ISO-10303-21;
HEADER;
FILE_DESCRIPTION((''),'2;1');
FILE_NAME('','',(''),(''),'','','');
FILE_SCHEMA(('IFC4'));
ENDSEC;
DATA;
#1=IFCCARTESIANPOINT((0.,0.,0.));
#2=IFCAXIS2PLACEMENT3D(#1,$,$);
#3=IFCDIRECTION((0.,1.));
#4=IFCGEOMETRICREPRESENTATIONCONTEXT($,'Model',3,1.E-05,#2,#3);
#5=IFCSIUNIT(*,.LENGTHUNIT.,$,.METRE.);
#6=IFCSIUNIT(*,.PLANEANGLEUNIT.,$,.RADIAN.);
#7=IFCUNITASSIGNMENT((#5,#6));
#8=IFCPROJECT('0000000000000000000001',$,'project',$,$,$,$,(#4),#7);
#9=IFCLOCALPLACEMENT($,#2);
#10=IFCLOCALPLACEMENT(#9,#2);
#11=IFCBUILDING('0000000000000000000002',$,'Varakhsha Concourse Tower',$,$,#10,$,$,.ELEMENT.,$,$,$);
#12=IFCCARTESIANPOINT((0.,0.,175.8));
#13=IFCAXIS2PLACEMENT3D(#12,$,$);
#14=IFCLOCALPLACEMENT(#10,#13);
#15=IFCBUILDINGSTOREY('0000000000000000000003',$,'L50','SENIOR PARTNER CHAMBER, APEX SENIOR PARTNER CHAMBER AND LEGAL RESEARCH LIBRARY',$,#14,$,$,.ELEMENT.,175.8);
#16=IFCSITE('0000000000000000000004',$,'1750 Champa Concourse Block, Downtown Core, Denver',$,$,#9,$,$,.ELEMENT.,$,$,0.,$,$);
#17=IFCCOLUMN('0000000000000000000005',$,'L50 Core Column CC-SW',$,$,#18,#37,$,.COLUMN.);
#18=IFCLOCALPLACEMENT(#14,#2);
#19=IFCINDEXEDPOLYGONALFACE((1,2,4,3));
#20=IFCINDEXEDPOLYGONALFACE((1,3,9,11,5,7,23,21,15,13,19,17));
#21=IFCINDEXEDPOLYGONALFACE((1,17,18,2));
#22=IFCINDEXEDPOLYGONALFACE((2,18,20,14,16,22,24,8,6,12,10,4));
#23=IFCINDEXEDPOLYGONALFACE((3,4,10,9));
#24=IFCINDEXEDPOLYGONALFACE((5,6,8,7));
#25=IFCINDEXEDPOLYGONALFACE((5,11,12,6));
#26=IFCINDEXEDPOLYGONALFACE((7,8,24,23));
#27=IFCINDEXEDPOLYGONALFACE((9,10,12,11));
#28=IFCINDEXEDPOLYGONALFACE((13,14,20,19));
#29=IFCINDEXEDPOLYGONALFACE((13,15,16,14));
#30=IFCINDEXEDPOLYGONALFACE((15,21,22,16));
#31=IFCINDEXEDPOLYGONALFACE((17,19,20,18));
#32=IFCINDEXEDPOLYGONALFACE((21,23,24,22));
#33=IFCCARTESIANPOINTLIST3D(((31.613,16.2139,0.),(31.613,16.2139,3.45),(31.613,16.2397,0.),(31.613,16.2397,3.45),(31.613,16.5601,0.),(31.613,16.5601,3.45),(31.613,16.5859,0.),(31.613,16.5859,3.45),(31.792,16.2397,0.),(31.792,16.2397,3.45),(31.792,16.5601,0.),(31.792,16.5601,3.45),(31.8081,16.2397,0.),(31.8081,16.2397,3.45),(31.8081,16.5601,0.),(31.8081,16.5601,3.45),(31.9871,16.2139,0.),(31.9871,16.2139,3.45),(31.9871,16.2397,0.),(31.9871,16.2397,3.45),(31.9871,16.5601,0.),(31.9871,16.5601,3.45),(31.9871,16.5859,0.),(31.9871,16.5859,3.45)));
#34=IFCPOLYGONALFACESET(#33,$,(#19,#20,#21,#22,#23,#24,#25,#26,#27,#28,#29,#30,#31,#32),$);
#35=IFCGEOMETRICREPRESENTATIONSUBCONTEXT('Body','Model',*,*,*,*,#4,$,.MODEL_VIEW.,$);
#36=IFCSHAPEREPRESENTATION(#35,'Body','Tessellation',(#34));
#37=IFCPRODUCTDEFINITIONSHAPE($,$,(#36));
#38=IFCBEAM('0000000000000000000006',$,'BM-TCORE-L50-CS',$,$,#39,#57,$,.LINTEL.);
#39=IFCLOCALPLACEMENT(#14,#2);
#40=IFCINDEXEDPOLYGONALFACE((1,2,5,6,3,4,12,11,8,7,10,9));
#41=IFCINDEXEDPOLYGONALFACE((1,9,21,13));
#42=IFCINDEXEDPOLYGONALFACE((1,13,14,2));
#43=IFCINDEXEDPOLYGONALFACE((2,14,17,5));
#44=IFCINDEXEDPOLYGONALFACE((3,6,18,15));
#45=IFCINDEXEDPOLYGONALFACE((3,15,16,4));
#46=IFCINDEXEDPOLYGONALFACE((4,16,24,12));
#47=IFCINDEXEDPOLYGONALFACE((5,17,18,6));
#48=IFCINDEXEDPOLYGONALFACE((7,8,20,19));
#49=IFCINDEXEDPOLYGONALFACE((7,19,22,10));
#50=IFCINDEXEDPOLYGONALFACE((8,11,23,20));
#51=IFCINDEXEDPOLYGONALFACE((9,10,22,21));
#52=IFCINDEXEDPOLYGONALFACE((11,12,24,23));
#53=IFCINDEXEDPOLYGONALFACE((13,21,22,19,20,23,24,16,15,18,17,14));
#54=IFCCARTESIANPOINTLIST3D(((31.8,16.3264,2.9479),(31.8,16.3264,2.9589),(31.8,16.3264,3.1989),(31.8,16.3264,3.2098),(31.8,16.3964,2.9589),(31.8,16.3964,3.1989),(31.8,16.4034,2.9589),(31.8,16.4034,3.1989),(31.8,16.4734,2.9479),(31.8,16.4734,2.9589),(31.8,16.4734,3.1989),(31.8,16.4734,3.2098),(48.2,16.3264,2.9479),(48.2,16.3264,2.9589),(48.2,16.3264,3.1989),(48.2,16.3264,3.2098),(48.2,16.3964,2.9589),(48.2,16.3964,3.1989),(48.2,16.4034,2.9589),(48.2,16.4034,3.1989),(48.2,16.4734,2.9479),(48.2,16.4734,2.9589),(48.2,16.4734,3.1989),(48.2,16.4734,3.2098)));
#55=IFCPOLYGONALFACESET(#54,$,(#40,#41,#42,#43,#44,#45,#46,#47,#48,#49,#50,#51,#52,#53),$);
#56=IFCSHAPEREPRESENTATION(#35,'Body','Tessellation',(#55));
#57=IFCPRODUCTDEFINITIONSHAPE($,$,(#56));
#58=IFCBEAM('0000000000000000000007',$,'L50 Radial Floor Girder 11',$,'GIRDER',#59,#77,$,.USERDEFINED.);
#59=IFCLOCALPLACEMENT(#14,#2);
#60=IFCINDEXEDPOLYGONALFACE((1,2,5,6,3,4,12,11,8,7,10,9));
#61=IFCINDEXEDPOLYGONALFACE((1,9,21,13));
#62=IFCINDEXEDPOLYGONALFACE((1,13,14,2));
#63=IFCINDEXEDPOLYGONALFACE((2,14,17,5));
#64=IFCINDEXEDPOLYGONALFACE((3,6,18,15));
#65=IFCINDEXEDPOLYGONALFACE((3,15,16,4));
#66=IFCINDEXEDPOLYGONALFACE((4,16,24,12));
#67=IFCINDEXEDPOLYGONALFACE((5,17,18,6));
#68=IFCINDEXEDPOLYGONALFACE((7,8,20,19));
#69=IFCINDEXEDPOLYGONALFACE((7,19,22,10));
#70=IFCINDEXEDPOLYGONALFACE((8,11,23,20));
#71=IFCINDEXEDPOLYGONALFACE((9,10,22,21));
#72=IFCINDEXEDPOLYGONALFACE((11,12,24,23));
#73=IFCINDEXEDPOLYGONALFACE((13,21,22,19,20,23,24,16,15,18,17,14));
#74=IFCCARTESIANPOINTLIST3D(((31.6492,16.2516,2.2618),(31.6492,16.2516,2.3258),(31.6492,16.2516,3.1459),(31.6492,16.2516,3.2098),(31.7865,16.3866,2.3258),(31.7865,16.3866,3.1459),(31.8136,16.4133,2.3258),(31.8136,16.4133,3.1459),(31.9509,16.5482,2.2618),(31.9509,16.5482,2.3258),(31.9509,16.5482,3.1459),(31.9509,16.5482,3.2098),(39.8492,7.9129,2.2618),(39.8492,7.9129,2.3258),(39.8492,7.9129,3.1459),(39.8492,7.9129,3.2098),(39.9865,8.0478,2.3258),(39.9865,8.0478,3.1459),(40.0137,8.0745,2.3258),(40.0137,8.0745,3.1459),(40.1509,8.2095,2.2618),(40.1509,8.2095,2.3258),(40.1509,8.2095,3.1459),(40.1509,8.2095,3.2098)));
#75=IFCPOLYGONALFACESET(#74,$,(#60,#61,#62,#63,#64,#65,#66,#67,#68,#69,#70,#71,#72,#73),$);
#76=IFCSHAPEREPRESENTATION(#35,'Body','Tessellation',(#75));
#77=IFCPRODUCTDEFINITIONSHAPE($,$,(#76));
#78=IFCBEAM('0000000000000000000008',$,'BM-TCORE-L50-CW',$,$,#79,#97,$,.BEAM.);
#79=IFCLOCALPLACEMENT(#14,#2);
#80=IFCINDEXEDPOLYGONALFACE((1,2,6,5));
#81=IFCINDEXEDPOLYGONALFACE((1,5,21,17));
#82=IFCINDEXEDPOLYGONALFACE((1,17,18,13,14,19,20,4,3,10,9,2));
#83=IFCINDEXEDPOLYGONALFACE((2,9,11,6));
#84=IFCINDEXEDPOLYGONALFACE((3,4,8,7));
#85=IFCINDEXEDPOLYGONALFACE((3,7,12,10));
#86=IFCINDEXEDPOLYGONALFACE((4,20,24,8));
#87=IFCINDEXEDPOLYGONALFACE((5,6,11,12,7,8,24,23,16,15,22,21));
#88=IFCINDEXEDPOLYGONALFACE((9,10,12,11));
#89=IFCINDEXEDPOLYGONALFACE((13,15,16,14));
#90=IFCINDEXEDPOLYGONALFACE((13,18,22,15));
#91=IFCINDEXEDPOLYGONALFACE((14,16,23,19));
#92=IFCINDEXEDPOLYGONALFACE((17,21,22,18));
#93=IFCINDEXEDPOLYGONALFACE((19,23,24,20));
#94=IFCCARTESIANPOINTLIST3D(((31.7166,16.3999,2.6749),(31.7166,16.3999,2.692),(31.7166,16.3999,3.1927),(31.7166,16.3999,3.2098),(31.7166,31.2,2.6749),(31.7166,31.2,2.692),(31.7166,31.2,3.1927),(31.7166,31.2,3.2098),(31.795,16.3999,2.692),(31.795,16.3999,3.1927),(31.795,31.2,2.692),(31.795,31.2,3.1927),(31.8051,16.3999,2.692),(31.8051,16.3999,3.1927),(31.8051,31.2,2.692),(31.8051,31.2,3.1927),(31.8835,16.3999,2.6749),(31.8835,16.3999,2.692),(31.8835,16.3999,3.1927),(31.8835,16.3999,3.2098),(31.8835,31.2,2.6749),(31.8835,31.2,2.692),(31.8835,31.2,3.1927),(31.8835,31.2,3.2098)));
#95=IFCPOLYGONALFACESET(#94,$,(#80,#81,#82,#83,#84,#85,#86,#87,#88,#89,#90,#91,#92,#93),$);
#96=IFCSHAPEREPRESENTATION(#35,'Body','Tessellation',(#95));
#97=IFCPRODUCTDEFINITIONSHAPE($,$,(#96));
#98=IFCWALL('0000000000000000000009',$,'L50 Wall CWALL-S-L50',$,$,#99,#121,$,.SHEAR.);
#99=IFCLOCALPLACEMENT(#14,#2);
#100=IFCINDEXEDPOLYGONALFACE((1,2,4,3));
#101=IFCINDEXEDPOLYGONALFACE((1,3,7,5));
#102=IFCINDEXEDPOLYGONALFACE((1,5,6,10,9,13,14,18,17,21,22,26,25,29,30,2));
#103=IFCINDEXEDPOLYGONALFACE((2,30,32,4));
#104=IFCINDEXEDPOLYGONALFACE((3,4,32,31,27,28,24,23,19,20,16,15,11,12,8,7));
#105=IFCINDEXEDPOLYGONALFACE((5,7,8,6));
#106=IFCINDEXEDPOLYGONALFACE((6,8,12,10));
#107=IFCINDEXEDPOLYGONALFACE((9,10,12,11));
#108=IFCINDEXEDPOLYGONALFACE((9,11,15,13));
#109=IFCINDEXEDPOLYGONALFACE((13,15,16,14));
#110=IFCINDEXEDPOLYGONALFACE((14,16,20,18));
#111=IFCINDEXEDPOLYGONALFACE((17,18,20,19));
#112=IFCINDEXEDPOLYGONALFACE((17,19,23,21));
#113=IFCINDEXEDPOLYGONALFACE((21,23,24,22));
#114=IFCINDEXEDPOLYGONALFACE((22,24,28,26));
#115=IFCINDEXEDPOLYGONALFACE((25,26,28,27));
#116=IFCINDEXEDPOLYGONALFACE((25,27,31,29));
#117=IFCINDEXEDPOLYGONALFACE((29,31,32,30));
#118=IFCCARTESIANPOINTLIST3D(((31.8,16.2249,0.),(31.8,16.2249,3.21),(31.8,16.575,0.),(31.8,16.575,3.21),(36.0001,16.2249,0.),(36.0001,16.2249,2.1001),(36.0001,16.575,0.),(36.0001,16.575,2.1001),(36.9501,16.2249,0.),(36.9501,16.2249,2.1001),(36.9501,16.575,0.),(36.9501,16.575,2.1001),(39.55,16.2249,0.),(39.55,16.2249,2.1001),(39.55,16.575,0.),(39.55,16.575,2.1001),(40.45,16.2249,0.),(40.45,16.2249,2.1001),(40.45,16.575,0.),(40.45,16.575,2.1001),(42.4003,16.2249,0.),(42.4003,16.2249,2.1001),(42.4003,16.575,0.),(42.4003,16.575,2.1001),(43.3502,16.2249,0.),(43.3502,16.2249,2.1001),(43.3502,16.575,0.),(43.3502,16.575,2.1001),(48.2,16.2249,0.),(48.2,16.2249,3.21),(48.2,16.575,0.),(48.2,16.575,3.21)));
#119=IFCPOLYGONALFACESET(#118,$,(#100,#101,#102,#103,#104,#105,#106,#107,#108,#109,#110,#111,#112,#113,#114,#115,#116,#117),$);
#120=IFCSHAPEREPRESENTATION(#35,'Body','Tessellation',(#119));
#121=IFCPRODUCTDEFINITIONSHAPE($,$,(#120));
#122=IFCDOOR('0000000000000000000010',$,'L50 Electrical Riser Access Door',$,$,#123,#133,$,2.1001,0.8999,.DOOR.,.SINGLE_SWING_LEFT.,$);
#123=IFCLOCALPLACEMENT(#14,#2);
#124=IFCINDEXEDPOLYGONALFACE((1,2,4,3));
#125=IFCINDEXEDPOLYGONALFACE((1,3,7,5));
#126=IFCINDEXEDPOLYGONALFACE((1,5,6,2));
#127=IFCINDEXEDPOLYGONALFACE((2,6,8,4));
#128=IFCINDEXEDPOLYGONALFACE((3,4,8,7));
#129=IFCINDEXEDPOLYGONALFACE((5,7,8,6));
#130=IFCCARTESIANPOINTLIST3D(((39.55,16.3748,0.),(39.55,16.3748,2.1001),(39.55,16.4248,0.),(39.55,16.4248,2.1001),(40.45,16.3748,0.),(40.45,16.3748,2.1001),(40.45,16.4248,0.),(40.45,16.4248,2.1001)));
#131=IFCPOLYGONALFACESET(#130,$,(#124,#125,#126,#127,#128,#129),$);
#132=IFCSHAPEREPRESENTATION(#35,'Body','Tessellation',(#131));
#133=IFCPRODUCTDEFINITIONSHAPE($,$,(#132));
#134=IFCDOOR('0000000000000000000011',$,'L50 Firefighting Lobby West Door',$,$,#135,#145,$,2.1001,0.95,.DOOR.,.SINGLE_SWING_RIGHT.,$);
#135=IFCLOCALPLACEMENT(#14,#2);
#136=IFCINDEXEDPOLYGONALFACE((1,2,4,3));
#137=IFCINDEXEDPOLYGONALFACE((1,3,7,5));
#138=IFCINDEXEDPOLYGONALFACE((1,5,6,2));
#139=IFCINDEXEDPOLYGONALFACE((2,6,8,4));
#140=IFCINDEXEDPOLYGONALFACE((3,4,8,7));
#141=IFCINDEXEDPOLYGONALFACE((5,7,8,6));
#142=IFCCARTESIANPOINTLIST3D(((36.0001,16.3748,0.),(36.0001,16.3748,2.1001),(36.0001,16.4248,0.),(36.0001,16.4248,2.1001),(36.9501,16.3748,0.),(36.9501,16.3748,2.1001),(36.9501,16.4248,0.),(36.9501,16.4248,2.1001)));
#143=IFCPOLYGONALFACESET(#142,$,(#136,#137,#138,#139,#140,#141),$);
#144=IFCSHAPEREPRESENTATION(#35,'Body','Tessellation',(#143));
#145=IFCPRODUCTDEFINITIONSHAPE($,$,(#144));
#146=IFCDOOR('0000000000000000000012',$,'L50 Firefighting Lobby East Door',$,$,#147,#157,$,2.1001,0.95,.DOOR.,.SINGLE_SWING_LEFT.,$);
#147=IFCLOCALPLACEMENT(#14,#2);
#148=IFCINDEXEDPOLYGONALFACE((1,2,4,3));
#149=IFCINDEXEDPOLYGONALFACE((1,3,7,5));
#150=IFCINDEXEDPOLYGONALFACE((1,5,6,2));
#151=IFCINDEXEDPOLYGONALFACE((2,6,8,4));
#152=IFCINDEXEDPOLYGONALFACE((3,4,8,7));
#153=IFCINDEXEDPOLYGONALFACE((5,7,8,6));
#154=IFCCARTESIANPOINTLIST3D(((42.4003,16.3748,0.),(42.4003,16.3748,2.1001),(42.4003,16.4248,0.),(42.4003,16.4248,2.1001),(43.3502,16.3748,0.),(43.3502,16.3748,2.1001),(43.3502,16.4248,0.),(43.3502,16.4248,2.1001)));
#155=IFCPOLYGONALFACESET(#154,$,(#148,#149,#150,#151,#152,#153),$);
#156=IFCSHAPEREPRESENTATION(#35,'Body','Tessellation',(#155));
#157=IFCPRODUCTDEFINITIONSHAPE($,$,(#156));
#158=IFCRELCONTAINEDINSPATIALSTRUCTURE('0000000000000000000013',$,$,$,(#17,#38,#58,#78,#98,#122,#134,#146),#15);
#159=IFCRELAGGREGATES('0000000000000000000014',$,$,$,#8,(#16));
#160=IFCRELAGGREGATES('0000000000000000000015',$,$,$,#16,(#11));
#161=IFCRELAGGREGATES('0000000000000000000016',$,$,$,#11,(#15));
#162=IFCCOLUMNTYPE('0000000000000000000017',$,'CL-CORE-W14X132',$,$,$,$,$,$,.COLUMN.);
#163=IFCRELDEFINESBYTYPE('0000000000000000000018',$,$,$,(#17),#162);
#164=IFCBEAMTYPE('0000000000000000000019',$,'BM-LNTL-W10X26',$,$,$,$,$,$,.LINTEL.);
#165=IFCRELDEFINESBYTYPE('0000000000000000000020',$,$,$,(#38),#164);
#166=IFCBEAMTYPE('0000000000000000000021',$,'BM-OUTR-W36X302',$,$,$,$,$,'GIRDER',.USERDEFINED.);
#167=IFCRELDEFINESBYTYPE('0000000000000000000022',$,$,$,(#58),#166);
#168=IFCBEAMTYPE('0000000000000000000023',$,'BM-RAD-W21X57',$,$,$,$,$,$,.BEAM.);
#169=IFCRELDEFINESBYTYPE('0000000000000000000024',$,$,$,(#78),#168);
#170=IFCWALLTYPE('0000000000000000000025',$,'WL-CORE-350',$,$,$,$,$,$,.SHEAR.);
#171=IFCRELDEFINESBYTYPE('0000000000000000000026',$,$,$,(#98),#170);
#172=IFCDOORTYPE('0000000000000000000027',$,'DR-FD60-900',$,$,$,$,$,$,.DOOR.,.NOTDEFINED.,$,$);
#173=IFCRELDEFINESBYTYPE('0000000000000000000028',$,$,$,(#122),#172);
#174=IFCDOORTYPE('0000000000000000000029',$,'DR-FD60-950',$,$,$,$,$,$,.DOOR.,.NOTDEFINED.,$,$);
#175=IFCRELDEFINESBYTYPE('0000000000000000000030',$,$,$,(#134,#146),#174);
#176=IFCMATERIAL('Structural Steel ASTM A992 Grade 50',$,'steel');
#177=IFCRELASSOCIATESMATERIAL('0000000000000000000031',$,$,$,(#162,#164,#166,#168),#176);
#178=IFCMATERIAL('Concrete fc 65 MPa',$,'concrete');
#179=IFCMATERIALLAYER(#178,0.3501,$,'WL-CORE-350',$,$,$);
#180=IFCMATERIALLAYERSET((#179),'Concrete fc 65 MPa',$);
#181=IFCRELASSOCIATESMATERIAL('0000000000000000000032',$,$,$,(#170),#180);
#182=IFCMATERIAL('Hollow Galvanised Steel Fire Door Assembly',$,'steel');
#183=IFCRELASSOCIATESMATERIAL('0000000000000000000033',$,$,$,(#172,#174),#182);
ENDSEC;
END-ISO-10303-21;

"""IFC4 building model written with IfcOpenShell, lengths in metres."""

from ifc_helpers import new_model, si_unit, direction, frame, frame_2d, origin, origin_2d, place, context, subcontext, project, spatial, rectangle, i_section, extrude, material, layer, layer_set, material_profile, profile_set, type_object, element, fill, save


model = new_model("IFC4")

# Units and contexts
model_context = context("Model", 3, precision=1e-05, world=origin(), true_north=direction((0.0, 1.0)))
body_context = subcontext(model_context, "Body", "Model", "MODEL_VIEW")
ifc_project = project(units=[si_unit("LENGTHUNIT", "METRE"), si_unit("PLANEANGLEUNIT", "RADIAN")], contexts=[model_context])

# Site, building, storey
site_placement = place(None, origin())
site = spatial("IfcSite", under=ifc_project, at=site_placement, Name="1750 Champa Concourse Block, Downtown Core, Denver", CompositionType="ELEMENT", RefElevation=0.0)
building_placement = place(site_placement, origin())
building = spatial("IfcBuilding", under=site, at=building_placement, Name="Varakhsha Concourse Tower", CompositionType="ELEMENT")
storey_placement = place(building_placement, frame((0.0, 0.0, 175.8)))
storey = spatial("IfcBuildingStorey", under=building, at=storey_placement, Name="L50", Description="SENIOR PARTNER CHAMBER, APEX SENIOR PARTNER CHAMBER AND LEGAL RESEARCH LIBRARY", CompositionType="ELEMENT", Elevation=175.8)

# Column
ifc_material_1 = material(Name="Structural Steel ASTM A992 Grade 50", Category="steel")
ifc_material_profile_1 = material_profile(ifc_material_1, i_section(OverallWidth=0.374, OverallDepth=0.3721, WebThickness=0.0161, FlangeThickness=0.0259, at=origin_2d()), Name="W14X132")
ifc_profile_set_1 = profile_set([ifc_material_profile_1], Name="Structural Steel ASTM A992 Grade 50")
column_type = type_object("IfcColumnType", Name="CL-CORE-W14X132", PredefinedType="COLUMN", material=ifc_profile_set_1)
column_placement = place(storey_placement, frame((31.8, 16.3999, 0.0), z_axis=(0.0, 0.0, 1.0), x_axis=(1.0, 0.0, 0.0)))
element("IfcColumn", 1, at=column_placement, inside=storey, type_object=column_type, Name="L50 Core Column CC-SW", PredefinedType="COLUMN", context=body_context, shape_type="SweptSolid", body=[
    extrude(i_section(OverallWidth=0.374, OverallDepth=0.3721, WebThickness=0.0161, FlangeThickness=0.0259, at=origin_2d()), origin(), (0.0, 0.0, 1.0), 3.45),
])

# Beams
ifc_material_profile_2 = material_profile(ifc_material_1, i_section(OverallWidth=0.147, OverallDepth=0.262, WebThickness=0.0071, FlangeThickness=0.011, at=origin_2d()), Name="W10X26")
ifc_profile_set_2 = profile_set([ifc_material_profile_2], Name="Structural Steel ASTM A992 Grade 50")
beam_type_1 = type_object("IfcBeamType", Name="BM-LNTL-W10X26", PredefinedType="LINTEL", material=ifc_profile_set_2)
beam_1_placement = place(storey_placement, frame((31.8, 16.3999, 3.0789), z_axis=(1.0, 0.0, 0.0), x_axis=(0.0, 1.0, 0.0)))
element("IfcBeam", 2, at=beam_1_placement, inside=storey, type_object=beam_type_1, Name="BM-TCORE-L50-CS", PredefinedType="LINTEL", context=body_context, shape_type="SweptSolid", body=[
    extrude(i_section(OverallWidth=0.147, OverallDepth=0.262, WebThickness=0.0071, FlangeThickness=0.011, at=origin_2d()), origin(), (0.0, 0.0, 1.0), 16.3999),
])
ifc_material_profile_3 = material_profile(ifc_material_1, i_section(OverallWidth=0.4231, OverallDepth=0.948, WebThickness=0.0381, FlangeThickness=0.064, at=origin_2d()), Name="W36X302")
ifc_profile_set_3 = profile_set([ifc_material_profile_3], Name="Structural Steel ASTM A992 Grade 50")
beam_type_2 = type_object("IfcBeamType", Name="BM-OUTR-W36X302", ElementType="GIRDER", PredefinedType="USERDEFINED", material=ifc_profile_set_3)
beam_2_placement = place(storey_placement, frame((31.8, 16.3999, 2.7358), z_axis=(0.701153, -0.713011, 0.0), x_axis=(0.713011, 0.701153, 0.0)))
element("IfcBeam", 3, at=beam_2_placement, inside=storey, type_object=beam_type_2, Name="L50 Radial Floor Girder 11", ObjectType="GIRDER", PredefinedType="USERDEFINED", context=body_context, shape_type="SweptSolid", body=[
    extrude(i_section(OverallWidth=0.4231, OverallDepth=0.948, WebThickness=0.0381, FlangeThickness=0.064, at=origin_2d()), origin(), (0.0, 0.0, 1.0), 11.6951),
])
ifc_material_profile_4 = material_profile(ifc_material_1, i_section(OverallWidth=0.167, OverallDepth=0.5349, WebThickness=0.01, FlangeThickness=0.0171, at=origin_2d()), Name="W21X57")
ifc_profile_set_4 = profile_set([ifc_material_profile_4], Name="Structural Steel ASTM A992 Grade 50")
beam_type_3 = type_object("IfcBeamType", Name="BM-RAD-W21X57", PredefinedType="BEAM", material=ifc_profile_set_4)
beam_3_placement = place(storey_placement, frame((31.8, 16.3999, 2.9424), z_axis=(0.0, 1.0, 0.0), x_axis=(-1.0, 0.0, 0.0)))
element("IfcBeam", 4, at=beam_3_placement, inside=storey, type_object=beam_type_3, Name="BM-TCORE-L50-CW", PredefinedType="BEAM", context=body_context, shape_type="SweptSolid", body=[
    extrude(i_section(OverallWidth=0.167, OverallDepth=0.5349, WebThickness=0.01, FlangeThickness=0.0171, at=origin_2d()), origin(), (0.0, 0.0, 1.0), 14.8),
])

# Wall, openings, doors
ifc_material_2 = material(Name="Concrete fc 65 MPa", Category="concrete")
ifc_layer_1 = layer(ifc_material_2, 0.3501, Name="WL-CORE-350")
ifc_layer_set_1 = layer_set([ifc_layer_1], Name="Concrete fc 65 MPa")
wall_type_1 = type_object("IfcWallType", Name="WL-CORE-350", PredefinedType="SHEAR", material=ifc_layer_set_1)
wall_1_placement = place(storey_placement, frame((31.8, 16.3999, 0.0), z_axis=(0.0, 0.0, 1.0), x_axis=(1.0, 0.0, 0.0)))
wall_1 = element("IfcWall", 5, at=wall_1_placement, inside=storey, type_object=wall_type_1, Name="L50 Wall CWALL-S-L50", PredefinedType="SHEAR", context=body_context, shape_type="SweptSolid", body=[
    extrude(rectangle(XDim=16.3999, YDim=0.3501, at=frame_2d((8.2, 0.0))), origin(), (0.0, 0.0, 1.0), 3.21),
])
opening_1_placement = place(wall_1_placement, frame((7.75, 0.0, 0.0)))
opening_1 = element("IfcOpeningElement", 6, at=opening_1_placement, cuts=wall_1, PredefinedType="OPENING", context=body_context, shape_type="SweptSolid", body=[
    extrude(rectangle(XDim=0.8999, YDim=2.1001, at=frame_2d((0.45, 1.05))), frame((0.0, 0.1851, 0.0), z_axis=(0.0, -1.0, 0.0), x_axis=(1.0, 0.0, 0.0)), (0.0, 0.0, 1.0), 0.3701),
])
opening_2_placement = place(wall_1_placement, frame((4.2, 0.0, 0.0)))
opening_2 = element("IfcOpeningElement", 7, at=opening_2_placement, cuts=wall_1, PredefinedType="OPENING", context=body_context, shape_type="SweptSolid", body=[
    extrude(rectangle(XDim=0.95, YDim=2.1001, at=frame_2d((0.4751, 1.05))), frame((0.0, 0.1851, 0.0), z_axis=(0.0, -1.0, 0.0), x_axis=(1.0, 0.0, 0.0)), (0.0, 0.0, 1.0), 0.3701),
])
opening_3_placement = place(wall_1_placement, frame((10.6001, 0.0, 0.0)))
opening_3 = element("IfcOpeningElement", 8, at=opening_3_placement, cuts=wall_1, PredefinedType="OPENING", context=body_context, shape_type="SweptSolid", body=[
    extrude(rectangle(XDim=0.95, YDim=2.1001, at=frame_2d((0.4751, 1.05))), frame((0.0, 0.1851, 0.0), z_axis=(0.0, -1.0, 0.0), x_axis=(1.0, 0.0, 0.0)), (0.0, 0.0, 1.0), 0.3701),
])
ifc_material_3 = material(Name="Hollow Galvanised Steel Fire Door Assembly", Category="steel")
door_type_1 = type_object("IfcDoorType", Name="DR-FD60-900", OperationType="NOTDEFINED", PredefinedType="DOOR", material=ifc_material_3)
door_1_placement = place(opening_1_placement, origin())
door_1 = element("IfcDoor", 9, at=door_1_placement, inside=storey, type_object=door_type_1, Name="L50 Electrical Riser Access Door", OperationType="SINGLE_SWING_LEFT", OverallHeight=2.1001, OverallWidth=0.8999, PredefinedType="DOOR", context=body_context, shape_type="SweptSolid", body=[
    extrude(rectangle(XDim=0.8999, YDim=2.1001, at=frame_2d((0.45, 1.05))), frame((0.0, 0.0249, 0.0), z_axis=(0.0, -1.0, 0.0), x_axis=(1.0, 0.0, 0.0)), (0.0, 0.0, 1.0), 0.05),
])
fill(opening_1, door_1)
door_type_2 = type_object("IfcDoorType", Name="DR-FD60-950", OperationType="NOTDEFINED", PredefinedType="DOOR", material=ifc_material_3)
door_2_placement = place(opening_2_placement, origin())
door_2 = element("IfcDoor", 10, at=door_2_placement, inside=storey, type_object=door_type_2, Name="L50 Firefighting Lobby West Door", OperationType="SINGLE_SWING_RIGHT", OverallHeight=2.1001, OverallWidth=0.95, PredefinedType="DOOR", context=body_context, shape_type="SweptSolid", body=[
    extrude(rectangle(XDim=0.95, YDim=2.1001, at=frame_2d((0.4751, 1.05))), frame((0.0, 0.0249, 0.0), z_axis=(0.0, -1.0, 0.0), x_axis=(1.0, 0.0, 0.0)), (0.0, 0.0, 1.0), 0.05),
])
fill(opening_2, door_2)
door_3_placement = place(opening_3_placement, origin())
door_3 = element("IfcDoor", 11, at=door_3_placement, inside=storey, type_object=door_type_2, Name="L50 Firefighting Lobby East Door", OperationType="SINGLE_SWING_LEFT", OverallHeight=2.1001, OverallWidth=0.95, PredefinedType="DOOR", context=body_context, shape_type="SweptSolid", body=[
    extrude(rectangle(XDim=0.95, YDim=2.1001, at=frame_2d((0.4751, 1.05))), frame((0.0, 0.0249, 0.0), z_axis=(0.0, -1.0, 0.0), x_axis=(1.0, 0.0, 0.0)), (0.0, 0.0, 1.0), 0.05),
])
fill(opening_3, door_3)

save(model, "model.ifc")
